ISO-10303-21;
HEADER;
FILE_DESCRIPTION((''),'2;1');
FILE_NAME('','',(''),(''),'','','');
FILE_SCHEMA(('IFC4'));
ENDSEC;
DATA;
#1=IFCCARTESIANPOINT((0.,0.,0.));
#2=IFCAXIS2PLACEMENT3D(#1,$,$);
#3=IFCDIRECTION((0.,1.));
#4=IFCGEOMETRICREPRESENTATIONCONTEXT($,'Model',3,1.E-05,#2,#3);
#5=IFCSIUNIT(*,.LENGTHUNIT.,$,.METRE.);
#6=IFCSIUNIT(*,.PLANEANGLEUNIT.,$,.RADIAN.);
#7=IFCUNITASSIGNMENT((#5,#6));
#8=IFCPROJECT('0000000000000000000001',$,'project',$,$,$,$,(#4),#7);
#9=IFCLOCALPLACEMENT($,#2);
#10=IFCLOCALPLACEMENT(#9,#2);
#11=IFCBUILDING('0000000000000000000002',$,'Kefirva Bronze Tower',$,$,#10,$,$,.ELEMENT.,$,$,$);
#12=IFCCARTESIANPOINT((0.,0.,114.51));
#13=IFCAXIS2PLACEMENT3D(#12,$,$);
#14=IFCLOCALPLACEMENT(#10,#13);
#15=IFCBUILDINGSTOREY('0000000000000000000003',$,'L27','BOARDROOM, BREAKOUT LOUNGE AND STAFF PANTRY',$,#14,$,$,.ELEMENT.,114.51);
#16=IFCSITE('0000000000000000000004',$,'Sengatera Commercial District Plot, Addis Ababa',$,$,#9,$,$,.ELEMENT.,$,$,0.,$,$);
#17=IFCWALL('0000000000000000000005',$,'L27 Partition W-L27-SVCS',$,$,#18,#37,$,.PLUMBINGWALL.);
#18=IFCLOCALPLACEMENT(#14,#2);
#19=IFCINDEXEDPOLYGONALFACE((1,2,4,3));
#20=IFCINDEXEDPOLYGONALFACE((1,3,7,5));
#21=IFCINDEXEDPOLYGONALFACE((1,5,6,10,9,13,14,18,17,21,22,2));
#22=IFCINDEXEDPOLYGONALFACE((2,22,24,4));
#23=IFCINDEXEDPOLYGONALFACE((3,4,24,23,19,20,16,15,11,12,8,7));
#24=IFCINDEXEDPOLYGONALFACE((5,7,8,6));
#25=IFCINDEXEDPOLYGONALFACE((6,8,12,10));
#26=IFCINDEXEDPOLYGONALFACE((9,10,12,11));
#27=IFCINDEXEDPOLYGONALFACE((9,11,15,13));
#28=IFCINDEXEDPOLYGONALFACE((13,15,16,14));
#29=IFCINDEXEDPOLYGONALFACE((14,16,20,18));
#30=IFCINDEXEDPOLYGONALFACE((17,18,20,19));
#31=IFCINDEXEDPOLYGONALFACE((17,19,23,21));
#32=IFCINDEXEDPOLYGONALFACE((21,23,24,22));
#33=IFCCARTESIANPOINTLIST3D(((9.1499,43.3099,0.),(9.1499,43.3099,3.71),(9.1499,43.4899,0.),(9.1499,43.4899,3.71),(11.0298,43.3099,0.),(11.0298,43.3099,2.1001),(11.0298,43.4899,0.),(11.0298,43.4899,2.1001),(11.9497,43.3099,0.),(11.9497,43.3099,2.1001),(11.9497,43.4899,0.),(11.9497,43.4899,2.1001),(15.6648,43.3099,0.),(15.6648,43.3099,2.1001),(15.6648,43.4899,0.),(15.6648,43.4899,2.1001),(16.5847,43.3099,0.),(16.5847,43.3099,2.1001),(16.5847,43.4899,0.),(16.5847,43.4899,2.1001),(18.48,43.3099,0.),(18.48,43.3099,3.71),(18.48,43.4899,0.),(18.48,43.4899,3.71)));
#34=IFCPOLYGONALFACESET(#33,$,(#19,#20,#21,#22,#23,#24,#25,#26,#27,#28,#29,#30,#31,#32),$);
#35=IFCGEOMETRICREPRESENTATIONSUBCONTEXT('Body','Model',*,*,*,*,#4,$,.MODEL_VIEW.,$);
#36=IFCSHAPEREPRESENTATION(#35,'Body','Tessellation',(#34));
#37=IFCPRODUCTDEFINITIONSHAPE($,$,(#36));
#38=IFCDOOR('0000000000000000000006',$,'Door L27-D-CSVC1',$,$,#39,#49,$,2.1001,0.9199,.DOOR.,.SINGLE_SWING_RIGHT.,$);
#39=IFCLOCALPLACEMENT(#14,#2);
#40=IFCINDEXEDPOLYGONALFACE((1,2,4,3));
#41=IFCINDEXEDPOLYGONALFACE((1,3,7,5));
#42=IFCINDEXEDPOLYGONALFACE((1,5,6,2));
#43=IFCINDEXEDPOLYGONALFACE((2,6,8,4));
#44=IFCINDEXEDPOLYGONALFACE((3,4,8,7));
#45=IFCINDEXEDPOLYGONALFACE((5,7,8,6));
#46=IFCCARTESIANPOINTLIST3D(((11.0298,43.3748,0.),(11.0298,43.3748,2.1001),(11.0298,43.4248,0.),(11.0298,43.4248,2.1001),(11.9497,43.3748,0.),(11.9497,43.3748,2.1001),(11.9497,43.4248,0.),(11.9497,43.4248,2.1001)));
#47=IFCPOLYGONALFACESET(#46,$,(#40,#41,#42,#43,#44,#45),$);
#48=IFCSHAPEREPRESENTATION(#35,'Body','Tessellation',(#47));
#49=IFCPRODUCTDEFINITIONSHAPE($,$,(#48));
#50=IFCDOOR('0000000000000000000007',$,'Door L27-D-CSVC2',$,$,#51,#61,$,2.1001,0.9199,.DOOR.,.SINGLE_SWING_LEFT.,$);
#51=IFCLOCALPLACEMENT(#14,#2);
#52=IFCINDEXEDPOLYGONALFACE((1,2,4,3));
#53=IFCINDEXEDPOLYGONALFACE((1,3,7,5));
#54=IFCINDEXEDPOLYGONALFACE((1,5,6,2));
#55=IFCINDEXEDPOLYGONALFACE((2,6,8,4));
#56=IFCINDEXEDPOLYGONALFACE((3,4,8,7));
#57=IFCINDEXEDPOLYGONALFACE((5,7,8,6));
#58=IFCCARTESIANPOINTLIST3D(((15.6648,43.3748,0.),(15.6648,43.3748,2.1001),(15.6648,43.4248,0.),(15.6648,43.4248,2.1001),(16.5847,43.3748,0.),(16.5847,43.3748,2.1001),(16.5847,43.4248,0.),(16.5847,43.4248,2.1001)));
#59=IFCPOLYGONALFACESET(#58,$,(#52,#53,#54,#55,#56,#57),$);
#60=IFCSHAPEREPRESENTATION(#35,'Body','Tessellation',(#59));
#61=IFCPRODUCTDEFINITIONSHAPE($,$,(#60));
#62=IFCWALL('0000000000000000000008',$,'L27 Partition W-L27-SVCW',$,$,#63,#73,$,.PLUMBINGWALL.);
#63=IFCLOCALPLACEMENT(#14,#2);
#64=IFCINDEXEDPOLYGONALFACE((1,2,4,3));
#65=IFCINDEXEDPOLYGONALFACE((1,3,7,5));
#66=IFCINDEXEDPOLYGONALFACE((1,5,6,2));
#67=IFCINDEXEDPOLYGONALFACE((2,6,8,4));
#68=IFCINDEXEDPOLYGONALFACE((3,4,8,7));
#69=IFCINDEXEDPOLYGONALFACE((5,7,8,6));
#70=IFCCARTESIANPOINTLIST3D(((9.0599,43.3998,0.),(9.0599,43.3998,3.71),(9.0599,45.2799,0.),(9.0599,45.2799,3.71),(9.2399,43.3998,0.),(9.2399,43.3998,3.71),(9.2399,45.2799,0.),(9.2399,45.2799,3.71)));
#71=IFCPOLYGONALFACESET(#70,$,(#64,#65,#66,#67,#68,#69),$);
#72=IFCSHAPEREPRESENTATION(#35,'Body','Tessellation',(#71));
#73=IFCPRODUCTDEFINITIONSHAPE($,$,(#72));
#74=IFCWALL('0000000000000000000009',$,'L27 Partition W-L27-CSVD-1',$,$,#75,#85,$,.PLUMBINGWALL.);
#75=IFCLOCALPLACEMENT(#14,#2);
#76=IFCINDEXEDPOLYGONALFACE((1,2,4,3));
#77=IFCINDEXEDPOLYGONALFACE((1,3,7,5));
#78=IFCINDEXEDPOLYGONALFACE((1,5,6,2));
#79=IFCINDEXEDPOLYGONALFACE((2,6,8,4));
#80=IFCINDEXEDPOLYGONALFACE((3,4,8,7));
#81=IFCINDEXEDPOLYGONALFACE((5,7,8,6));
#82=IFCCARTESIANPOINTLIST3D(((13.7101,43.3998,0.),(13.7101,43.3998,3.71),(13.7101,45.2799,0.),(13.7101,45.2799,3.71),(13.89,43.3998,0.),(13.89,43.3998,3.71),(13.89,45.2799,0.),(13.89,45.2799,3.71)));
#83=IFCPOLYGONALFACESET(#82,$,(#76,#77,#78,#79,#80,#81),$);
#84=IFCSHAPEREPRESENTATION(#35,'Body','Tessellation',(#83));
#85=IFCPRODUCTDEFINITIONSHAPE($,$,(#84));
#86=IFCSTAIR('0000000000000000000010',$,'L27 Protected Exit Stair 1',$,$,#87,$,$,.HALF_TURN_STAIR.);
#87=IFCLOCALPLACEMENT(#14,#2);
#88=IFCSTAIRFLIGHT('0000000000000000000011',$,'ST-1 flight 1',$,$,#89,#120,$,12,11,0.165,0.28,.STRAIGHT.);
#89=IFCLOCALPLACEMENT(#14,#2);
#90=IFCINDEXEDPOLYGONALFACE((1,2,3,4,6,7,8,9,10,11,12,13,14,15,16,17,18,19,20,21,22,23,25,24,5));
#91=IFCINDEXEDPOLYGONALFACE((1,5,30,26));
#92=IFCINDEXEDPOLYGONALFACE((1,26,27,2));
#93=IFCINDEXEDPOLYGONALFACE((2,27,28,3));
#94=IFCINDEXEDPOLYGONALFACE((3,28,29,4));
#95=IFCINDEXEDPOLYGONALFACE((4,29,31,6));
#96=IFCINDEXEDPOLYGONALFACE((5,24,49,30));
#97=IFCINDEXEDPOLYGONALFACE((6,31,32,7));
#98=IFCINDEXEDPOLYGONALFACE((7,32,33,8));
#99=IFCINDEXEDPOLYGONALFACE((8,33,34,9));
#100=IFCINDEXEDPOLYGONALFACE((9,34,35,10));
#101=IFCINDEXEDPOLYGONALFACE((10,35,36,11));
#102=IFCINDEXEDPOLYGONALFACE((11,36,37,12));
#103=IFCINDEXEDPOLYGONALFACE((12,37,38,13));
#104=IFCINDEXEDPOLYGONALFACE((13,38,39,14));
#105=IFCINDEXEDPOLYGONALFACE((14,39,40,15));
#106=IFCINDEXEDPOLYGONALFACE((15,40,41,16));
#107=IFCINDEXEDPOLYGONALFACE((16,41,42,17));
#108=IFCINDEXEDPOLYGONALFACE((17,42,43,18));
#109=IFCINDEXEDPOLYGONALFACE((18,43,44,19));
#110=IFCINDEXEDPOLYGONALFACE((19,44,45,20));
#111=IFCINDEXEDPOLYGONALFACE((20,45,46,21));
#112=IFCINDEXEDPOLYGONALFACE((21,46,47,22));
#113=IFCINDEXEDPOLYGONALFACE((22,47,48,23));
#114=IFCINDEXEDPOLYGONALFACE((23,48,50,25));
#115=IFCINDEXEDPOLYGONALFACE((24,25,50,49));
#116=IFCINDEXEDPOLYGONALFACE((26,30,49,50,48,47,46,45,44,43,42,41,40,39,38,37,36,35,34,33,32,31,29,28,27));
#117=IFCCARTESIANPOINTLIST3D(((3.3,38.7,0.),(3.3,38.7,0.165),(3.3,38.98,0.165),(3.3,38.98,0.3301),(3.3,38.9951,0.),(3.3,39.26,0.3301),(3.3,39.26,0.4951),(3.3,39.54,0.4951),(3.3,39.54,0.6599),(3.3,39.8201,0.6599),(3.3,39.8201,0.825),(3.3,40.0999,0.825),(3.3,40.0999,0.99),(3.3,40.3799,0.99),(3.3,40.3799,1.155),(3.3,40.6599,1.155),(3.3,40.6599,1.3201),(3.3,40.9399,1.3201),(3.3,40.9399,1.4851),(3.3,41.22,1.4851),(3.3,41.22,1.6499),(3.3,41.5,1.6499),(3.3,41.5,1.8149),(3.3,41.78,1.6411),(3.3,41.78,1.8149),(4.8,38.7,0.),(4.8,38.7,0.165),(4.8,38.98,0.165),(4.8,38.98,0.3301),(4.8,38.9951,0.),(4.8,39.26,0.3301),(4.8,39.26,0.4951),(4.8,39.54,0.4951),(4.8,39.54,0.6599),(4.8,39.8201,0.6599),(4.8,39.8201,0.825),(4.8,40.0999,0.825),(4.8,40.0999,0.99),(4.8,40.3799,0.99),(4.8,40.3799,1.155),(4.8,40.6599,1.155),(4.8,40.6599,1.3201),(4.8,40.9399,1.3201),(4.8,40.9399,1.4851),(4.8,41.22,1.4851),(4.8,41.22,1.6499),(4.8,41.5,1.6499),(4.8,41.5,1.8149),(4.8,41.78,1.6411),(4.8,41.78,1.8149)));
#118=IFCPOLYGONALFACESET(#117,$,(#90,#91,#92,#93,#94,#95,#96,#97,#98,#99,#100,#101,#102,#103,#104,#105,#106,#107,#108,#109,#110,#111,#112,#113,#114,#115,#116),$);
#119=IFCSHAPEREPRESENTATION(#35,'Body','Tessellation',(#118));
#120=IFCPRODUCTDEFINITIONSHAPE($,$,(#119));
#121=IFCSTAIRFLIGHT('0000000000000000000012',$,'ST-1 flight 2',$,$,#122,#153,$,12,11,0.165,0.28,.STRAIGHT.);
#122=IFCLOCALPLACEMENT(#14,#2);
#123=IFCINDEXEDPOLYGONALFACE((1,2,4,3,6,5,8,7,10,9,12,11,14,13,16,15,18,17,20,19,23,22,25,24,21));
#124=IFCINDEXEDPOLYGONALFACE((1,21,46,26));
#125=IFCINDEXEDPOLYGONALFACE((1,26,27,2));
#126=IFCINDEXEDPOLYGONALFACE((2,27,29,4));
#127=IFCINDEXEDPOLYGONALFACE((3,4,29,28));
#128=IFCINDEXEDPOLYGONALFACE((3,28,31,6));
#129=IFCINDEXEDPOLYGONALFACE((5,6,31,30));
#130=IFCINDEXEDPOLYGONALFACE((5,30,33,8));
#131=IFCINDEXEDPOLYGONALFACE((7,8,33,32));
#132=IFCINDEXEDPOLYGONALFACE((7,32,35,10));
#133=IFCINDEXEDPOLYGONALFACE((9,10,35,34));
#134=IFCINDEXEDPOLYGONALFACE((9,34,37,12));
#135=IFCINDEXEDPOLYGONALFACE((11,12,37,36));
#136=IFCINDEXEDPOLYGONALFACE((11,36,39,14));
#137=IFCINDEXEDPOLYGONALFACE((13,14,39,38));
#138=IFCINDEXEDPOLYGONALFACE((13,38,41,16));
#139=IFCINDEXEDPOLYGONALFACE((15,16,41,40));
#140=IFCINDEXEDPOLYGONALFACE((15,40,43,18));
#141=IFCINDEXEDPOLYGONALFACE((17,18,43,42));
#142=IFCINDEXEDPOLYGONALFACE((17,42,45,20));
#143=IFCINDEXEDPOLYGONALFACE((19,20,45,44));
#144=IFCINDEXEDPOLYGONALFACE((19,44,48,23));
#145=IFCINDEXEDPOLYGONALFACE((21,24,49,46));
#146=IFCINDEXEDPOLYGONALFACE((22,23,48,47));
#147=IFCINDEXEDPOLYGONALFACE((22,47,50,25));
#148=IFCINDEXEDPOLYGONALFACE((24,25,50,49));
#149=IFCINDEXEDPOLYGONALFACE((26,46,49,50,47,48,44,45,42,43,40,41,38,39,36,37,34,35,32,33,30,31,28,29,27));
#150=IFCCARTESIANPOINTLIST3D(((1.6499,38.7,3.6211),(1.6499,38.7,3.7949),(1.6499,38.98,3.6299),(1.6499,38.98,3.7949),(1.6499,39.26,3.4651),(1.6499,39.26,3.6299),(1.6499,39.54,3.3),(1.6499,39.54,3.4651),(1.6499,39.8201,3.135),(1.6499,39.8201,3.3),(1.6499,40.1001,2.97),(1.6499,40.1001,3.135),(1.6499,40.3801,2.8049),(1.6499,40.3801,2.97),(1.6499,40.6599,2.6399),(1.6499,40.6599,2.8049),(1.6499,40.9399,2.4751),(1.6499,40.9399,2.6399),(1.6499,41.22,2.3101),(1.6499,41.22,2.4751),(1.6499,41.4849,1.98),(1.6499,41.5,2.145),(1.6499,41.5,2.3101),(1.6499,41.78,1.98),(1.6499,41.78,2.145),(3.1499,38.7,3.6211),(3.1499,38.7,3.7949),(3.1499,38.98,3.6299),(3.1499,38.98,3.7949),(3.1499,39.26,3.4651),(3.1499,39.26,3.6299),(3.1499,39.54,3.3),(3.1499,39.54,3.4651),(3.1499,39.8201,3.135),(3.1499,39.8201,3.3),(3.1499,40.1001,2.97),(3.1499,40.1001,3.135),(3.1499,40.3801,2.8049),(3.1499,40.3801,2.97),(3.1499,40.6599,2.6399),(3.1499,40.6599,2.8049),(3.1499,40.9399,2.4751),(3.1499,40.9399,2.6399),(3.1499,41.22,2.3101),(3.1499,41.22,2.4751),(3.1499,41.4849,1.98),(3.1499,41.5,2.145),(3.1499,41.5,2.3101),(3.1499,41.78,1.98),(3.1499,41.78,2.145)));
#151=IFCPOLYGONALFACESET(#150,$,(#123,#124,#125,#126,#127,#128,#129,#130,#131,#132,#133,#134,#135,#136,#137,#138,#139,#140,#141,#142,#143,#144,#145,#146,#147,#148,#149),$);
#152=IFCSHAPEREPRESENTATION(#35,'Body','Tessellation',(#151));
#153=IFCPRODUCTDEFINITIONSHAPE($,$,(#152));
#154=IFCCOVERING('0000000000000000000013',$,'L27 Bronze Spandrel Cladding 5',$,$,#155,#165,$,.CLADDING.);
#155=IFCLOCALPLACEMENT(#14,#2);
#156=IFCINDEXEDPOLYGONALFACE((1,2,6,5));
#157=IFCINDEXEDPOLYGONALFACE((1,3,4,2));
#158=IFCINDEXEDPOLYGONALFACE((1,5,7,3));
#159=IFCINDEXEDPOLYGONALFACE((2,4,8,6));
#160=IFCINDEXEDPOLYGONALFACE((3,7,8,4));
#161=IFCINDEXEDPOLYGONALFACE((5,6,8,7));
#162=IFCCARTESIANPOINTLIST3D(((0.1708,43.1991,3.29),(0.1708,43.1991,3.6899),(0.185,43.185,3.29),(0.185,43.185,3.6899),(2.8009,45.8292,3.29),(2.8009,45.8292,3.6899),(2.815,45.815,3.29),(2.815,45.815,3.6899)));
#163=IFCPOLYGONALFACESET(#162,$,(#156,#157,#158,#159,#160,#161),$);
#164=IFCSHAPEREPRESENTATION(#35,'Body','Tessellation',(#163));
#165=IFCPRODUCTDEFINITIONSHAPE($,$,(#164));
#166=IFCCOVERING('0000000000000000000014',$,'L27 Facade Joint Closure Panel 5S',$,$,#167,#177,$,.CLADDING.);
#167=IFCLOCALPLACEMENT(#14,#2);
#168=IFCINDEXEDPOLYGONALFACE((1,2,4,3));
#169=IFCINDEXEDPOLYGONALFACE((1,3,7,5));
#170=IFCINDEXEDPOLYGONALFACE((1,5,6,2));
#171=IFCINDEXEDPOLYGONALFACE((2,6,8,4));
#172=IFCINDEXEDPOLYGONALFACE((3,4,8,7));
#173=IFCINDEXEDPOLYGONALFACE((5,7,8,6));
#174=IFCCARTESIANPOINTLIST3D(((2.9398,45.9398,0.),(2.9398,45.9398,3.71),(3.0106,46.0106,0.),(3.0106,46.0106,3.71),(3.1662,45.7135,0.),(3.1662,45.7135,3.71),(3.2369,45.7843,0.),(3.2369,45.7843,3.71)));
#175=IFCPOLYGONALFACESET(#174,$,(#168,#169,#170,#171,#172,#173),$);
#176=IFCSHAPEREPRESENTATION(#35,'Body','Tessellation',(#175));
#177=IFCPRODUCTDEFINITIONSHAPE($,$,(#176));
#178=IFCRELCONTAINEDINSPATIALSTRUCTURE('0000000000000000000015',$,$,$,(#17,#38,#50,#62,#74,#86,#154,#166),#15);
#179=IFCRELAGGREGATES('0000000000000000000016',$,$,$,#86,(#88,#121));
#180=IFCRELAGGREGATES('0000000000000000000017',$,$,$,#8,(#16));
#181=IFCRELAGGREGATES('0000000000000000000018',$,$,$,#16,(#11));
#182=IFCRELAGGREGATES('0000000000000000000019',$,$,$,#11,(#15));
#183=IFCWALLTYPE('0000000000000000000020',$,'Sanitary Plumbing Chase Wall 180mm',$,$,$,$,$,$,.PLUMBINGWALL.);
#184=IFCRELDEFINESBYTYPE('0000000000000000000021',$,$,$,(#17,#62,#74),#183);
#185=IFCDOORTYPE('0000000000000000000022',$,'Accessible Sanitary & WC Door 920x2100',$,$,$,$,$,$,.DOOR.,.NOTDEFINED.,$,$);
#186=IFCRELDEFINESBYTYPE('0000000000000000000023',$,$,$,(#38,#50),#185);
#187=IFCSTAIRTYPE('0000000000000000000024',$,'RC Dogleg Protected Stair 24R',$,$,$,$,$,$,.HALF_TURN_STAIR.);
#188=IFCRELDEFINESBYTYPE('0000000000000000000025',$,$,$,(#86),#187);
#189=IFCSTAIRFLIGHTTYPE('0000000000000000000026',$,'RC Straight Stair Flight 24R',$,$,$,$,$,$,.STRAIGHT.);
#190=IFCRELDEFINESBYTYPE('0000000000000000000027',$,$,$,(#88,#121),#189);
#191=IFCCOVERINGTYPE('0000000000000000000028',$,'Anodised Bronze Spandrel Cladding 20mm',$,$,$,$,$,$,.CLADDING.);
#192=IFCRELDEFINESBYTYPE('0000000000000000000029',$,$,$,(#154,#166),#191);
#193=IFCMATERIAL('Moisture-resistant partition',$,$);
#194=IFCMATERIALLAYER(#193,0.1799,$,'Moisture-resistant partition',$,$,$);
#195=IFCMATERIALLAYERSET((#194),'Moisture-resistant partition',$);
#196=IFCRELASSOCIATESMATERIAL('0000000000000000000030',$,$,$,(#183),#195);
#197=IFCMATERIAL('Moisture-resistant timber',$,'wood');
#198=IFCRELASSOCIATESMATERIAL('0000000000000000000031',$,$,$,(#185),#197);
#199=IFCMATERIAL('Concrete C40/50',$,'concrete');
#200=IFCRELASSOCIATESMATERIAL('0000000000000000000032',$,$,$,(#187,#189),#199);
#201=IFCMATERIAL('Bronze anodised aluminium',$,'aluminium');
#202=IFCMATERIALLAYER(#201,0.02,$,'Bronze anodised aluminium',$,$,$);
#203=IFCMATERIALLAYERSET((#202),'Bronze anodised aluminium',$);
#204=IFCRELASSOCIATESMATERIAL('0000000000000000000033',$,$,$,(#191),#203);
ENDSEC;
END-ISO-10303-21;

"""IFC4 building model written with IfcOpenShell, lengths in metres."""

from ifc_helpers import new_model, si_unit, direction, frame, frame_2d, origin, origin_2d, place, context, subcontext, project, spatial, polyline, rectangle, outline, extrude, material, layer, layer_set, type_object, element, fill, aggregate, save


model = new_model("IFC4")

# Units and contexts
model_context = context("Model", 3, precision=1e-05, world=origin(), true_north=direction((0.0, 1.0)))
body_context = subcontext(model_context, "Body", "Model", "MODEL_VIEW")
ifc_project = project(units=[si_unit("LENGTHUNIT", "METRE"), si_unit("PLANEANGLEUNIT", "RADIAN")], contexts=[model_context])

# Site, building, storey
site_placement = place(None, origin())
site = spatial("IfcSite", under=ifc_project, at=site_placement, Name="Sengatera Commercial District Plot, Addis Ababa", CompositionType="ELEMENT", RefElevation=0.0)
building_placement = place(site_placement, origin())
building = spatial("IfcBuilding", under=site, at=building_placement, Name="Kefirva Bronze Tower", CompositionType="ELEMENT")
storey_placement = place(building_placement, frame((0.0, 0.0, 114.51)))
storey = spatial("IfcBuildingStorey", under=building, at=storey_placement, Name="L27", Description="BOARDROOM, BREAKOUT LOUNGE AND STAFF PANTRY", CompositionType="ELEMENT", Elevation=114.51)

# Wall, openings, doors
ifc_material_1 = material(Name="Moisture-resistant partition")
ifc_layer_1 = layer(ifc_material_1, 0.1799, Name="Moisture-resistant partition")
ifc_layer_set_1 = layer_set([ifc_layer_1], Name="Moisture-resistant partition")
wall_type_1 = type_object("IfcWallType", Name="Sanitary Plumbing Chase Wall 180mm", PredefinedType="PLUMBINGWALL", material=ifc_layer_set_1)
wall_1_placement = place(storey_placement, frame((9.1499, 43.3999, 0.0), z_axis=(0.0, 0.0, 1.0), x_axis=(1.0, 0.0, 0.0)))
wall_1 = element("IfcWall", 1, at=wall_1_placement, inside=storey, type_object=wall_type_1, Name="L27 Partition W-L27-SVCS", PredefinedType="PLUMBINGWALL", context=body_context, shape_type="SweptSolid", body=[
    extrude(rectangle(XDim=9.3301, YDim=0.1799, at=frame_2d((4.665, 0.0))), origin(), (0.0, 0.0, 1.0), 3.71),
])
opening_1_placement = place(wall_1_placement, frame((1.8799, 0.0, 0.0)))
opening_1 = element("IfcOpeningElement", 2, at=opening_1_placement, cuts=wall_1, PredefinedType="OPENING", context=body_context, shape_type="SweptSolid", body=[
    extrude(rectangle(XDim=0.9199, YDim=2.1001, at=frame_2d((0.46, 1.05))), frame((0.0, 0.1001, 0.0), z_axis=(0.0, -1.0, 0.0), x_axis=(1.0, 0.0, 0.0)), (0.0, 0.0, 1.0), 0.2),
])
opening_2_placement = place(wall_1_placement, frame((6.5149, 0.0, 0.0)))
opening_2 = element("IfcOpeningElement", 3, at=opening_2_placement, cuts=wall_1, PredefinedType="OPENING", context=body_context, shape_type="SweptSolid", body=[
    extrude(rectangle(XDim=0.9199, YDim=2.1001, at=frame_2d((0.46, 1.05))), frame((0.0, 0.1001, 0.0), z_axis=(0.0, -1.0, 0.0), x_axis=(1.0, 0.0, 0.0)), (0.0, 0.0, 1.0), 0.2),
])
ifc_material_2 = material(Name="Moisture-resistant timber", Category="wood")
door_type_1 = type_object("IfcDoorType", Name="Accessible Sanitary & WC Door 920x2100", OperationType="NOTDEFINED", PredefinedType="DOOR", material=ifc_material_2)
door_1_placement = place(opening_1_placement, origin())
door_1 = element("IfcDoor", 4, at=door_1_placement, inside=storey, type_object=door_type_1, Name="Door L27-D-CSVC1", OperationType="SINGLE_SWING_RIGHT", OverallHeight=2.1001, OverallWidth=0.9199, PredefinedType="DOOR", context=body_context, shape_type="SweptSolid", body=[
    extrude(rectangle(XDim=0.9199, YDim=2.1001, at=frame_2d((0.46, 1.05))), frame((0.0, 0.0249, 0.0), z_axis=(0.0, -1.0, 0.0), x_axis=(1.0, 0.0, 0.0)), (0.0, 0.0, 1.0), 0.05),
])
fill(opening_1, door_1)
door_2_placement = place(opening_2_placement, origin())
door_2 = element("IfcDoor", 5, at=door_2_placement, inside=storey, type_object=door_type_1, Name="Door L27-D-CSVC2", OperationType="SINGLE_SWING_LEFT", OverallHeight=2.1001, OverallWidth=0.9199, PredefinedType="DOOR", context=body_context, shape_type="SweptSolid", body=[
    extrude(rectangle(XDim=0.9199, YDim=2.1001, at=frame_2d((0.46, 1.05))), frame((0.0, 0.0249, 0.0), z_axis=(0.0, -1.0, 0.0), x_axis=(1.0, 0.0, 0.0)), (0.0, 0.0, 1.0), 0.05),
])
fill(opening_2, door_2)

# Walls
for number, where, z_axis, x_axis, name in (
    (6, (9.1499, 43.3999, 0.0), (0.0, 0.0, 1.0), (0.0, 1.0, 0.0), "L27 Partition W-L27-SVCW"),
    (7, (13.8, 43.3999, 0.0), (0.0, 0.0, 1.0), (0.0, 1.0, 0.0), "L27 Partition W-L27-CSVD-1"),
):
    element("IfcWall", number, at=place(storey_placement, frame(where, z_axis=z_axis, x_axis=x_axis)), inside=storey, type_object=wall_type_1, Name=name, PredefinedType="PLUMBINGWALL", context=body_context, shape_type="SweptSolid", body=[
        extrude(rectangle(XDim=1.8801, YDim=0.1799, at=frame_2d((0.9399, 0.0))), origin(), (0.0, 0.0, 1.0), 3.71),
    ])

# Stair, stair flights
ifc_material_3 = material(Name="Concrete C40/50", Category="concrete")
stair_type = type_object("IfcStairType", Name="RC Dogleg Protected Stair 24R", PredefinedType="HALF_TURN_STAIR", material=ifc_material_3)
stair_placement = place(storey_placement, origin())
stair = element("IfcStair", 8, at=stair_placement, inside=storey, type_object=stair_type, Name="L27 Protected Exit Stair 1", PredefinedType="HALF_TURN_STAIR")
stair_flight_type = type_object("IfcStairFlightType", Name="RC Straight Stair Flight 24R", PredefinedType="STRAIGHT", material=ifc_material_3)
stair_flight_1_placement = place(storey_placement, frame((4.05, 38.7, 0.0), z_axis=(0.0, 0.0, 1.0), x_axis=(0.0, 1.0, 0.0)))
stair_flight_1 = element("IfcStairFlight", 9, at=stair_flight_1_placement, type_object=stair_flight_type, Name="ST-1 flight 1", NumberOfRisers=12, NumberOfTreads=11, PredefinedType="STRAIGHT", RiserHeight=0.165, TreadLength=0.28, context=body_context, shape_type="SweptSolid", body=[
    extrude(outline(polyline([(0.0, 0.0), (0.0, 0.165), (0.28, 0.165), (0.28, 0.3301), (0.5601, 0.3301), (0.5601, 0.4951), (0.8401, 0.4951), (0.8401, 0.6599), (1.1201, 0.6599), (1.1201, 0.825), (1.3999, 0.825), (1.3999, 0.99), (1.6799, 0.99), (1.6799, 1.155), (1.96, 1.155), (1.96, 1.3201), (2.24, 1.3201), (2.24, 1.4851), (2.52, 1.4851), (2.52, 1.6499), (2.8, 1.6499), (2.8, 1.8149), (3.0801, 1.8149), (3.0801, 1.98), (3.0801, 1.6411), (0.2952, 0.0), (0.0, 0.0)])), frame((0.0, 0.75, 0.0), z_axis=(0.0, -1.0, 0.0), x_axis=(1.0, 0.0, 0.0)), (0.0, 0.0, 1.0), 1.5),
])
stair_flight_2_placement = place(storey_placement, frame((2.3999, 41.78, 1.98), z_axis=(0.0, 0.0, 1.0), x_axis=(0.0, -1.0, 0.0)))
stair_flight_2 = element("IfcStairFlight", 10, at=stair_flight_2_placement, type_object=stair_flight_type, Name="ST-1 flight 2", NumberOfRisers=12, NumberOfTreads=11, PredefinedType="STRAIGHT", RiserHeight=0.165, TreadLength=0.28, context=body_context, shape_type="SweptSolid", body=[
    extrude(outline(polyline([(0.0, 0.0), (0.0, 0.165), (0.28, 0.165), (0.28, 0.3301), (0.5601, 0.3301), (0.5601, 0.4951), (0.8401, 0.4951), (0.8401, 0.6599), (1.1201, 0.6599), (1.1201, 0.825), (1.3999, 0.825), (1.3999, 0.99), (1.6799, 0.99), (1.6799, 1.155), (1.96, 1.155), (1.96, 1.3201), (2.24, 1.3201), (2.24, 1.4851), (2.52, 1.4851), (2.52, 1.6499), (2.8, 1.6499), (2.8, 1.8149), (3.0801, 1.8149), (3.0801, 1.98), (3.0801, 1.6411), (0.2952, 0.0), (0.0, 0.0)])), frame((0.0, 0.75, 0.0), z_axis=(0.0, -1.0, 0.0), x_axis=(1.0, 0.0, 0.0)), (0.0, 0.0, 1.0), 1.5),
])
aggregate(stair, [stair_flight_1, stair_flight_2])

# Coverings
ifc_material_4 = material(Name="Bronze anodised aluminium", Category="aluminium")
ifc_layer_2 = layer(ifc_material_4, 0.02, Name="Bronze anodised aluminium")
ifc_layer_set_2 = layer_set([ifc_layer_2], Name="Bronze anodised aluminium")
covering_type_1 = type_object("IfcCoveringType", Name="Anodised Bronze Spandrel Cladding 20mm", PredefinedType="CLADDING", material=ifc_layer_set_2)
covering_1_placement = place(storey_placement, frame((1.4929, 44.5071, 3.29), z_axis=(0.0, 0.0, 1.0), x_axis=(-0.707107, -0.707107, 0.0)))
element("IfcCovering", 11, at=covering_1_placement, inside=storey, type_object=covering_type_1, Name="L27 Bronze Spandrel Cladding 5", PredefinedType="CLADDING", context=body_context, shape_type="SweptSolid", body=[
    extrude(rectangle(XDim=3.7195, YDim=0.02, at=origin_2d()), origin(), (0.0, 0.0, 1.0), 0.3999),
])
for number, where, z_axis, x_axis, name in (
    (12, (3.0884, 45.8621, 0.0), (0.0, 0.0, 1.0), (-0.707107, -0.707107, 0.0), "L27 Facade Joint Closure Panel 5S"),
):
    element("IfcCovering", number, at=place(storey_placement, frame(where, z_axis=z_axis, x_axis=x_axis)), inside=storey, type_object=covering_type_1, Name=name, PredefinedType="CLADDING", context=body_context, shape_type="SweptSolid", body=[
        extrude(rectangle(XDim=0.1001, YDim=0.3201, at=origin_2d()), origin(), (0.0, 0.0, 1.0), 3.71),
    ])

save(model, "model.ifc")
